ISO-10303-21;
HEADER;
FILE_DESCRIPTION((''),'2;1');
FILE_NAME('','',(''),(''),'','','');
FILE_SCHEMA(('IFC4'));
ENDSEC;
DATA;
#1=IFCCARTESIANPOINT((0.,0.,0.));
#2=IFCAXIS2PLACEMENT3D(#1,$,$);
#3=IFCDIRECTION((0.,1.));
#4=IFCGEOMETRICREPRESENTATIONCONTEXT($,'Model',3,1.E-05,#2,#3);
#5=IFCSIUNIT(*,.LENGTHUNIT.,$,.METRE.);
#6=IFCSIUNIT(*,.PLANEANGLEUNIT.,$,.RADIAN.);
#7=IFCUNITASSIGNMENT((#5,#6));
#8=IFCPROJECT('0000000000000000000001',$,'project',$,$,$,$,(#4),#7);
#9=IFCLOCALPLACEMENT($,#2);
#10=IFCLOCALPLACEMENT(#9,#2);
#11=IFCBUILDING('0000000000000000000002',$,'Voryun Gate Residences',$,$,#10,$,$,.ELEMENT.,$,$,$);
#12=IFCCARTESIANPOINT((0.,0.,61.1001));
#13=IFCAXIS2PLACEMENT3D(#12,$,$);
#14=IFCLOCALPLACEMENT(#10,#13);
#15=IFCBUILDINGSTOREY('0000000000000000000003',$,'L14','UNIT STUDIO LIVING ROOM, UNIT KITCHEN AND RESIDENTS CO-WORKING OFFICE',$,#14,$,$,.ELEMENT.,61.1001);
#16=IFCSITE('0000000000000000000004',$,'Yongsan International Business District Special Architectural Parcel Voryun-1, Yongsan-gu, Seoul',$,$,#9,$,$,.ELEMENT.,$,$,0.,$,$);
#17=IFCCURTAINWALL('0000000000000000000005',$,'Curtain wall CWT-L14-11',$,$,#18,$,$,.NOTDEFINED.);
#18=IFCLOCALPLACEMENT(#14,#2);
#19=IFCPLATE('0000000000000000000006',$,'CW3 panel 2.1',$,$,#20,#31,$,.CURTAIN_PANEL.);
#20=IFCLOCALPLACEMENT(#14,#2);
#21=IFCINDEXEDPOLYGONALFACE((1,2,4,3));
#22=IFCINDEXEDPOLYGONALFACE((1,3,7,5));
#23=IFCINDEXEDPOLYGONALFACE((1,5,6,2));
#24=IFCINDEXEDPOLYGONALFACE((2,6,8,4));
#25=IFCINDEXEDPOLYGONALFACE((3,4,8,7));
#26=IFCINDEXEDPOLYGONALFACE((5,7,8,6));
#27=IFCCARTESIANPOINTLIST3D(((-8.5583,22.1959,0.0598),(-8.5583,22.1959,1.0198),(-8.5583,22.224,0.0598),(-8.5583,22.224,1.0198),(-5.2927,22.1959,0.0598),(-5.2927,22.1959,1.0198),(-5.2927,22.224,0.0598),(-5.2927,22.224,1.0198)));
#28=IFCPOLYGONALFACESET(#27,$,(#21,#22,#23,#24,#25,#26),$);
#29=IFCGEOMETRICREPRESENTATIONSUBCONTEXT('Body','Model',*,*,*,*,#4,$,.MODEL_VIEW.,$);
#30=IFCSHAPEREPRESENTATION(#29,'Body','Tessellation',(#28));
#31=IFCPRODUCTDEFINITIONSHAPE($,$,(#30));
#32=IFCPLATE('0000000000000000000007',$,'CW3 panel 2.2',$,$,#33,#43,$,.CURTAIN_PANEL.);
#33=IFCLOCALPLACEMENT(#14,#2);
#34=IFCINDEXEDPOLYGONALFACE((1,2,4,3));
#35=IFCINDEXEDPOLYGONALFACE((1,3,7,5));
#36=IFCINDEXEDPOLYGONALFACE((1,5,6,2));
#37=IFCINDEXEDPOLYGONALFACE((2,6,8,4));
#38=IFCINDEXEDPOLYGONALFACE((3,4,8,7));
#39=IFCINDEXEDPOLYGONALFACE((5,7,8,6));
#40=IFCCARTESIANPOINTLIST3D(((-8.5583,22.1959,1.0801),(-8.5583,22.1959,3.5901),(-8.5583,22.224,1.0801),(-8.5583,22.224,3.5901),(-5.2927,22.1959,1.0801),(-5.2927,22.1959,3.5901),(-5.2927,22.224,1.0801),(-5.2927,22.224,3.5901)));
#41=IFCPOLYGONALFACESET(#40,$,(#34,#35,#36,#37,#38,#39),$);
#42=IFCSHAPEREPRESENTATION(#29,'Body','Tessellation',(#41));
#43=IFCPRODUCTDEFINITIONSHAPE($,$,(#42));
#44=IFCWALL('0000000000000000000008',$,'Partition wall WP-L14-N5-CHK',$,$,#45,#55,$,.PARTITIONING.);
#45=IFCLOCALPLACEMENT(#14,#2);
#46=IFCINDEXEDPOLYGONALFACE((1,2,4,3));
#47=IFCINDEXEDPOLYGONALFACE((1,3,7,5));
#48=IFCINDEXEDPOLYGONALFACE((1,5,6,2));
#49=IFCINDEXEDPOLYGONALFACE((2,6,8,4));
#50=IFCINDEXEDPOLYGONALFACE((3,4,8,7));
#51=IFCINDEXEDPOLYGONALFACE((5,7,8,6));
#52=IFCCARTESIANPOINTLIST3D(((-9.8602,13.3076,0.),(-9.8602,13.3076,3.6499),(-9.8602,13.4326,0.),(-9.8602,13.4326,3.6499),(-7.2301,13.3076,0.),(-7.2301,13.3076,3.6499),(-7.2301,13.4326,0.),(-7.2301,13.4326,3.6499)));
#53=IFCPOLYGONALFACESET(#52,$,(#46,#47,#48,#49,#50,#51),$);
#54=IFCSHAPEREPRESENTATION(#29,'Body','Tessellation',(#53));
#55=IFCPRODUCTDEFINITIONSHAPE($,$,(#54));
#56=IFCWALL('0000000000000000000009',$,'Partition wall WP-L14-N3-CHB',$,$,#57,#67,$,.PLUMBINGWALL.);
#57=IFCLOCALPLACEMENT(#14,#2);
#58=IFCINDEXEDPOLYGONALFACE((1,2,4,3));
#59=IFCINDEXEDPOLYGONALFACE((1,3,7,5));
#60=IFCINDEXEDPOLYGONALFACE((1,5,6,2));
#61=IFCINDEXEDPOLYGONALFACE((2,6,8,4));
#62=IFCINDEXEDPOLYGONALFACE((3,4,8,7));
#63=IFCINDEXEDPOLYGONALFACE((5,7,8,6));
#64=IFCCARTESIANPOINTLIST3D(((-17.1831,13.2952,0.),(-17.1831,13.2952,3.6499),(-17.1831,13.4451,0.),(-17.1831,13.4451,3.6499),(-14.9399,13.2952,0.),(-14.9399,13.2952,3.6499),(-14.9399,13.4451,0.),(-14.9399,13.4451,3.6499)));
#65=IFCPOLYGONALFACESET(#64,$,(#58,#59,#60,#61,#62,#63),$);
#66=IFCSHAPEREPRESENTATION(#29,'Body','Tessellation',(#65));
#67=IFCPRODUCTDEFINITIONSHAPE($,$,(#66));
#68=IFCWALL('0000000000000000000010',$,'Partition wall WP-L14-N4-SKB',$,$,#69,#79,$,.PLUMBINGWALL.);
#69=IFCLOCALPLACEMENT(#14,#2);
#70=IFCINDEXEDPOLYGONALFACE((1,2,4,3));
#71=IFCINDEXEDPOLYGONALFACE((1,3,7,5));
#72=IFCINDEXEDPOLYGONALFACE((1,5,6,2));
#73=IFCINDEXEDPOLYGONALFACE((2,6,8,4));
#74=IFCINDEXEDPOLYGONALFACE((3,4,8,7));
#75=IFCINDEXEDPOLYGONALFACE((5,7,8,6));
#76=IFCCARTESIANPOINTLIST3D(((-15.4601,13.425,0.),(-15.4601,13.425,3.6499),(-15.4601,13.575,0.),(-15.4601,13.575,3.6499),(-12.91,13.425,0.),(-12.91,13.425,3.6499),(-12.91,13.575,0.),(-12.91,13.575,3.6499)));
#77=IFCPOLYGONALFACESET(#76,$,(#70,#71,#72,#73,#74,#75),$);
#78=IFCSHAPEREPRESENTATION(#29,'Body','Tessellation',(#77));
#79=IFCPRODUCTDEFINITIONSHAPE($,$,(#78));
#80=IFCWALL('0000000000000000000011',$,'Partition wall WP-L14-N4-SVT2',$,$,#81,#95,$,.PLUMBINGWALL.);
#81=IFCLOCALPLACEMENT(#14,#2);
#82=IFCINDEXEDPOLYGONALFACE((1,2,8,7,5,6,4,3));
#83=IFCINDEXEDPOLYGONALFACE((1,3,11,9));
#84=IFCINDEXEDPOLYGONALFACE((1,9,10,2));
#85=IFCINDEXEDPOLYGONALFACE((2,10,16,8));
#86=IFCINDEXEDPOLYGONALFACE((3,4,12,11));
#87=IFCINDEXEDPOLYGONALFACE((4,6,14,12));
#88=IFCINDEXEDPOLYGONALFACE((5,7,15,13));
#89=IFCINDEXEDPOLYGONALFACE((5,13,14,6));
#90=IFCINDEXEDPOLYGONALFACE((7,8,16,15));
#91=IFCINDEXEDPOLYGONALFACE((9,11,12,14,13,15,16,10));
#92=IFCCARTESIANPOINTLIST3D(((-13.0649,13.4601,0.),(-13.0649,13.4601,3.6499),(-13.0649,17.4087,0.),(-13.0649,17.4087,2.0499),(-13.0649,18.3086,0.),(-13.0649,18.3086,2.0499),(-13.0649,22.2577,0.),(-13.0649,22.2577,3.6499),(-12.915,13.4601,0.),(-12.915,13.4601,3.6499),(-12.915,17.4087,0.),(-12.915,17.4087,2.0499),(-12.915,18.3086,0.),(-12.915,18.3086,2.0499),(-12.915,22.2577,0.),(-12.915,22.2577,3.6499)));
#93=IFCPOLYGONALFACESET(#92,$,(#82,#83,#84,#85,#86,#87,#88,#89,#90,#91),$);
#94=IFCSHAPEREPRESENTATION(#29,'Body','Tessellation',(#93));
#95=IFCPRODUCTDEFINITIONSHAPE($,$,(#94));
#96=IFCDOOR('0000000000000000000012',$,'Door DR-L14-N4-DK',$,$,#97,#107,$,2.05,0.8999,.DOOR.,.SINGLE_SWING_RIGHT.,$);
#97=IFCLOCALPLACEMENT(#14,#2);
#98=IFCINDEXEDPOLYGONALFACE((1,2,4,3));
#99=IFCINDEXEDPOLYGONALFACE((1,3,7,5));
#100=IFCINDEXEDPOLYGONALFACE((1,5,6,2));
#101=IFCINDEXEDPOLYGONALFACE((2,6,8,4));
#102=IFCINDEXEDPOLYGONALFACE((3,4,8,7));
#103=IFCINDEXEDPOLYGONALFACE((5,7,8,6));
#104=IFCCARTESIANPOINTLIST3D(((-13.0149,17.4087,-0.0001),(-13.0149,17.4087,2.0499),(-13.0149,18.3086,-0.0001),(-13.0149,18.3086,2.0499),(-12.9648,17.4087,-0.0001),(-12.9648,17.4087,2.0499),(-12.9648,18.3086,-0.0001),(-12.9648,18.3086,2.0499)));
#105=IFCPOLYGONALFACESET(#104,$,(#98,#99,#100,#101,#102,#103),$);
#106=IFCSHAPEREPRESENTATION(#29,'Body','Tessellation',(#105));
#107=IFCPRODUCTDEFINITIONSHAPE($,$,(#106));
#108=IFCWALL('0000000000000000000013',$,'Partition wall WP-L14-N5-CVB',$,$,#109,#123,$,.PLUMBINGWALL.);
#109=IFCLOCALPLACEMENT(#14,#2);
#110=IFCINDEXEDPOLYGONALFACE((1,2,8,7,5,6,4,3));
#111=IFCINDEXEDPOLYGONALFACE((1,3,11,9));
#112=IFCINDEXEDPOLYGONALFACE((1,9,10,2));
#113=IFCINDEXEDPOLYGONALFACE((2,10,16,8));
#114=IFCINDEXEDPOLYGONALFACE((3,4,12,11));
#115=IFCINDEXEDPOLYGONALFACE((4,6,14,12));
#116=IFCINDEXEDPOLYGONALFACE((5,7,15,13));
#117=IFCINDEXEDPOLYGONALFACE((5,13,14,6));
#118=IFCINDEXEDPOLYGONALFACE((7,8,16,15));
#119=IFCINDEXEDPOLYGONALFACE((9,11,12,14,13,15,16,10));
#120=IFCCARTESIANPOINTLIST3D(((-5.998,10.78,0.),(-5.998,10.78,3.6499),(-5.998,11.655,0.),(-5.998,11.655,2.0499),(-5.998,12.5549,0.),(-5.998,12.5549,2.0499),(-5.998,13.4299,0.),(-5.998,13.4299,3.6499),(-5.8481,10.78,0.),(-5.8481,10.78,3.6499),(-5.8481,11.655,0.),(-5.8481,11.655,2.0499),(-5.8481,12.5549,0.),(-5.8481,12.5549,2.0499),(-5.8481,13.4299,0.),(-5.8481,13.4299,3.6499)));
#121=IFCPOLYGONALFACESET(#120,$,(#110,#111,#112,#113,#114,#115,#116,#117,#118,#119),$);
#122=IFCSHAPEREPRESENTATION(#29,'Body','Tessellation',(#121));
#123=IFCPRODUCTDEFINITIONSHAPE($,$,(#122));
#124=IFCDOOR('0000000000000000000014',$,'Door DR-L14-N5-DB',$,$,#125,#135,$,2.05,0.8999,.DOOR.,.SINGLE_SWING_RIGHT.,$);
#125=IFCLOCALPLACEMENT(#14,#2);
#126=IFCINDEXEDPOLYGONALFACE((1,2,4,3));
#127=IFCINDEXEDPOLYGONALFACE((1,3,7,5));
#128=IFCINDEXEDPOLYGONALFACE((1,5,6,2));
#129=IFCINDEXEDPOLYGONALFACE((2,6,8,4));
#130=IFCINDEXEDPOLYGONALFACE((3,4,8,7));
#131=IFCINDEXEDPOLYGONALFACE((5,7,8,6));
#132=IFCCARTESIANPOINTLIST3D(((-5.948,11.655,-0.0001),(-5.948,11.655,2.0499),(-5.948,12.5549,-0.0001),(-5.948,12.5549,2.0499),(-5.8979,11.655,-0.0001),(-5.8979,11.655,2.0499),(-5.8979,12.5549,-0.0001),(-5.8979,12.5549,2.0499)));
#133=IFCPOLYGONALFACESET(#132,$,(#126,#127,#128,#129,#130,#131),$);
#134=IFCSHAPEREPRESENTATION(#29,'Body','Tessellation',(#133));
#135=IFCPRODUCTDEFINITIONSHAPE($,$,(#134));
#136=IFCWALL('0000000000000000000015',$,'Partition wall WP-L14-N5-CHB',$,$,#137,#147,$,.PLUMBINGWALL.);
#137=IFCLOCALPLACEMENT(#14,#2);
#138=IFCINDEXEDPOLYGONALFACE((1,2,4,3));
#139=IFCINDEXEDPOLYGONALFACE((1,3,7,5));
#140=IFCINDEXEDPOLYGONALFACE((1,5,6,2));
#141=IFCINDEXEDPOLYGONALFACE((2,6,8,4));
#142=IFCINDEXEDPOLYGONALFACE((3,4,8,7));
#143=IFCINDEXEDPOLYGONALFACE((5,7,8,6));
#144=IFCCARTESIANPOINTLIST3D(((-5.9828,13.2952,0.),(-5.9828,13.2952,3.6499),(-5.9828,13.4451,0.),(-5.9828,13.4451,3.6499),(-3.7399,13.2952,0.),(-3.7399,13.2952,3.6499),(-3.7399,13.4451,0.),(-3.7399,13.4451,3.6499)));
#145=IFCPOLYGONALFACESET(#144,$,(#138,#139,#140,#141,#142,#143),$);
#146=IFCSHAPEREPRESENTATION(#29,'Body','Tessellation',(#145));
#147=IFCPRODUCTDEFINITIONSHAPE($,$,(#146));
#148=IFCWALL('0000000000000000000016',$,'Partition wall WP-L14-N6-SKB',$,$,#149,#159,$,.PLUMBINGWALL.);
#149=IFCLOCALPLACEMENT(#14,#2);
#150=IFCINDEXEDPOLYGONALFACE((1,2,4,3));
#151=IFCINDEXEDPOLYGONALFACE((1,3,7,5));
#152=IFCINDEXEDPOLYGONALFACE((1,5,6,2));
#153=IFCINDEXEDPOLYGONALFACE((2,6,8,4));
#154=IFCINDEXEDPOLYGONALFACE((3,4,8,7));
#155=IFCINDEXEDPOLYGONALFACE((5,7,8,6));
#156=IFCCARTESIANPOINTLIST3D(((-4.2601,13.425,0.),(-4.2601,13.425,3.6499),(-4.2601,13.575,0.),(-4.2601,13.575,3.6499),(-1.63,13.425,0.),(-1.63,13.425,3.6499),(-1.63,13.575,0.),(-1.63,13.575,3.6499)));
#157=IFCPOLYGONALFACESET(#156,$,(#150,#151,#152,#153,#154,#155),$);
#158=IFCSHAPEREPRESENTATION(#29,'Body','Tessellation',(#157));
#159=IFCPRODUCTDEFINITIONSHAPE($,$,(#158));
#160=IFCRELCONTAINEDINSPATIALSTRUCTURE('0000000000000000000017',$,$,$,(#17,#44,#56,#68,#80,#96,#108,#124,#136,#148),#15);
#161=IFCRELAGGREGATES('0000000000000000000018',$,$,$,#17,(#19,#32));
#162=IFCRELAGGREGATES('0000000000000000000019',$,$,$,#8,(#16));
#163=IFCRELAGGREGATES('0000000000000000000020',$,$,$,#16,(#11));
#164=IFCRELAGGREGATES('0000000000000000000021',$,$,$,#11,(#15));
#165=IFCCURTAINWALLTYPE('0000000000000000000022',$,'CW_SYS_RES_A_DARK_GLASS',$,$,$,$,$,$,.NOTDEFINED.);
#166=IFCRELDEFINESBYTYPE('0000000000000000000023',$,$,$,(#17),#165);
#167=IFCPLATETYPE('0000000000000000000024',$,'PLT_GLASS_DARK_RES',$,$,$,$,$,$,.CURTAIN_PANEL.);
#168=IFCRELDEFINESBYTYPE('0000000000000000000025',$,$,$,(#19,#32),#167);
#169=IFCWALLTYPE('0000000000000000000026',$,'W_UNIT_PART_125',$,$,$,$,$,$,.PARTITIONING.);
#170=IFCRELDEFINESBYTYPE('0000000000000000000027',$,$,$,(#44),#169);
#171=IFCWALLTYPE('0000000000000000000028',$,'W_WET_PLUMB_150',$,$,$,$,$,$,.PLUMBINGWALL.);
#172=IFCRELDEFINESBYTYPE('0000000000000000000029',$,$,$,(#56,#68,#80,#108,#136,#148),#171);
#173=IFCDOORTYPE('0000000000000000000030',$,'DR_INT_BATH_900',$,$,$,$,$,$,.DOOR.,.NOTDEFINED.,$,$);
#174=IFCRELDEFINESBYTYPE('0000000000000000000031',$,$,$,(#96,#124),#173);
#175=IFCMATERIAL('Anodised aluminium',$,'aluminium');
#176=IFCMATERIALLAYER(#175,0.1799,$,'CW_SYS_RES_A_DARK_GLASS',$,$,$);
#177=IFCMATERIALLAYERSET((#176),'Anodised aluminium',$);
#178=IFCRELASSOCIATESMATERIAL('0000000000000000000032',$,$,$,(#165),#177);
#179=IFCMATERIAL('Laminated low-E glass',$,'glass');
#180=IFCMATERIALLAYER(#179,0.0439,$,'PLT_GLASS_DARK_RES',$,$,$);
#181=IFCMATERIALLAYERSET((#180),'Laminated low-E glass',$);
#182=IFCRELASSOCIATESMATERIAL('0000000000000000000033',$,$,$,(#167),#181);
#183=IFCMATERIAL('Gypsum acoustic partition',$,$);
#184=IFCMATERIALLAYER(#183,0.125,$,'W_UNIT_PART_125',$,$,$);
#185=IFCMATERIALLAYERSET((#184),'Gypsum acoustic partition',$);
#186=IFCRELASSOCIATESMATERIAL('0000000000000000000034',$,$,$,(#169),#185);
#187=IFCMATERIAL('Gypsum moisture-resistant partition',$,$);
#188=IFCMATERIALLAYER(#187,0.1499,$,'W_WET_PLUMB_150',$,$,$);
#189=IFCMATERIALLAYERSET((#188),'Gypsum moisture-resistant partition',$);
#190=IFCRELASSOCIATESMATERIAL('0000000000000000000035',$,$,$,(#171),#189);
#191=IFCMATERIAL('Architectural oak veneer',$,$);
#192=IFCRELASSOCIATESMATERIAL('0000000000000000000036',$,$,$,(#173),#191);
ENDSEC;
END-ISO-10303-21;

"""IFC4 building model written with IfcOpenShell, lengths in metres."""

from ifc_helpers import new_model, si_unit, direction, frame, frame_2d, origin, origin_2d, place, context, subcontext, project, spatial, rectangle, extrude, material, layer, layer_set, type_object, element, fill, aggregate, save


model = new_model("IFC4")

# Units and contexts
model_context = context("Model", 3, precision=1e-05, world=origin(), true_north=direction((0.0, 1.0)))
body_context = subcontext(model_context, "Body", "Model", "MODEL_VIEW")
ifc_project = project(units=[si_unit("LENGTHUNIT", "METRE"), si_unit("PLANEANGLEUNIT", "RADIAN")], contexts=[model_context])

# Site, building, storey
site_placement = place(None, origin())
site = spatial("IfcSite", under=ifc_project, at=site_placement, Name="Yongsan International Business District Special Architectural Parcel Voryun-1, Yongsan-gu, Seoul", CompositionType="ELEMENT", RefElevation=0.0)
building_placement = place(site_placement, origin())
building = spatial("IfcBuilding", under=site, at=building_placement, Name="Voryun Gate Residences", CompositionType="ELEMENT")
storey_placement = place(building_placement, frame((0.0, 0.0, 61.1001)))
storey = spatial("IfcBuildingStorey", under=building, at=storey_placement, Name="L14", Description="UNIT STUDIO LIVING ROOM, UNIT KITCHEN AND RESIDENTS CO-WORKING OFFICE", CompositionType="ELEMENT", Elevation=61.1001)

# Curtain wall, plates
ifc_material_1 = material(Name="Anodised aluminium", Category="aluminium")
ifc_layer_1 = layer(ifc_material_1, 0.1799, Name="CW_SYS_RES_A_DARK_GLASS")
ifc_layer_set_1 = layer_set([ifc_layer_1], Name="Anodised aluminium")
curtain_wall_type = type_object("IfcCurtainWallType", Name="CW_SYS_RES_A_DARK_GLASS", PredefinedType="NOTDEFINED", material=ifc_layer_set_1)
curtain_wall_placement = place(storey_placement, origin())
curtain_wall = element("IfcCurtainWall", 1, at=curtain_wall_placement, inside=storey, type_object=curtain_wall_type, Name="Curtain wall CWT-L14-11", PredefinedType="NOTDEFINED")
ifc_material_2 = material(Name="Laminated low-E glass", Category="glass")
ifc_layer_2 = layer(ifc_material_2, 0.0439, Name="PLT_GLASS_DARK_RES")
ifc_layer_set_2 = layer_set([ifc_layer_2], Name="Laminated low-E glass")
plate_type = type_object("IfcPlateType", Name="PLT_GLASS_DARK_RES", PredefinedType="CURTAIN_PANEL", material=ifc_layer_set_2)
plate_1_placement = place(storey_placement, frame((-6.9255, 22.21, 0.0598), z_axis=(0.0, 0.0, 1.0), x_axis=(1.0, 0.0, 0.0)))
plate_1 = element("IfcPlate", 2, at=plate_1_placement, type_object=plate_type, Name="CW3 panel 2.1", PredefinedType="CURTAIN_PANEL", context=body_context, shape_type="SweptSolid", body=[
    extrude(rectangle(XDim=3.2656, YDim=0.0281, at=origin_2d()), origin(), (0.0, 0.0, 1.0), 0.96),
])
plate_2_placement = place(storey_placement, frame((-6.9255, 22.21, 1.0801), z_axis=(0.0, 0.0, 1.0), x_axis=(1.0, 0.0, 0.0)))
plate_2 = element("IfcPlate", 3, at=plate_2_placement, type_object=plate_type, Name="CW3 panel 2.2", PredefinedType="CURTAIN_PANEL", context=body_context, shape_type="SweptSolid", body=[
    extrude(rectangle(XDim=3.2656, YDim=0.0281, at=origin_2d()), origin(), (0.0, 0.0, 1.0), 2.51),
])
aggregate(curtain_wall, [plate_1, plate_2])

# Walls
ifc_material_3 = material(Name="Gypsum acoustic partition")
ifc_layer_3 = layer(ifc_material_3, 0.125, Name="W_UNIT_PART_125")
ifc_layer_set_3 = layer_set([ifc_layer_3], Name="Gypsum acoustic partition")
wall_type_1 = type_object("IfcWallType", Name="W_UNIT_PART_125", PredefinedType="PARTITIONING", material=ifc_layer_set_3)
wall_1_placement = place(storey_placement, frame((-9.8601, 13.3701, 0.0), z_axis=(0.0, 0.0, 1.0), x_axis=(1.0, 0.0, 0.0)))
element("IfcWall", 4, at=wall_1_placement, inside=storey, type_object=wall_type_1, Name="Partition wall WP-L14-N5-CHK", PredefinedType="PARTITIONING", context=body_context, shape_type="SweptSolid", body=[
    extrude(rectangle(XDim=2.6301, YDim=0.125, at=frame_2d((1.3149, 0.0))), origin(), (0.0, 0.0, 1.0), 3.6499),
])
ifc_material_4 = material(Name="Gypsum moisture-resistant partition")
ifc_layer_4 = layer(ifc_material_4, 0.1499, Name="W_WET_PLUMB_150")
ifc_layer_set_4 = layer_set([ifc_layer_4], Name="Gypsum moisture-resistant partition")
wall_type_2 = type_object("IfcWallType", Name="W_WET_PLUMB_150", PredefinedType="PLUMBINGWALL", material=ifc_layer_set_4)
wall_2_placement = place(storey_placement, frame((-17.1831, 13.3701, 0.0), z_axis=(0.0, 0.0, 1.0), x_axis=(1.0, 0.0, 0.0)))
element("IfcWall", 5, at=wall_2_placement, inside=storey, type_object=wall_type_2, Name="Partition wall WP-L14-N3-CHB", PredefinedType="PLUMBINGWALL", context=body_context, shape_type="SweptSolid", body=[
    extrude(rectangle(XDim=2.2432, YDim=0.1499, at=frame_2d((1.1216, 0.0))), origin(), (0.0, 0.0, 1.0), 3.6499),
])
wall_3_placement = place(storey_placement, frame((-15.46, 13.5, 0.0), z_axis=(0.0, 0.0, 1.0), x_axis=(1.0, 0.0, 0.0)))
element("IfcWall", 6, at=wall_3_placement, inside=storey, type_object=wall_type_2, Name="Partition wall WP-L14-N4-SKB", PredefinedType="PLUMBINGWALL", context=body_context, shape_type="SweptSolid", body=[
    extrude(rectangle(XDim=2.55, YDim=0.1499, at=frame_2d((1.2749, 0.0))), origin(), (0.0, 0.0, 1.0), 3.6499),
])

# Walls, openings, doors
wall_4_placement = place(storey_placement, frame((-12.99, 13.46, 0.0), z_axis=(0.0, 0.0, 1.0), x_axis=(0.0, 1.0, 0.0)))
wall_4 = element("IfcWall", 7, at=wall_4_placement, inside=storey, type_object=wall_type_2, Name="Partition wall WP-L14-N4-SVT2", PredefinedType="PLUMBINGWALL", context=body_context, shape_type="SweptSolid", body=[
    extrude(rectangle(XDim=8.7976, YDim=0.1499, at=frame_2d((4.3989, 0.0))), origin(), (0.0, 0.0, 1.0), 3.6499),
])
opening_1_placement = place(wall_4_placement, frame((3.9487, 0.0, 0.0)))
opening_1 = element("IfcOpeningElement", 8, at=opening_1_placement, cuts=wall_4, PredefinedType="OPENING", context=body_context, shape_type="SweptSolid", body=[
    extrude(rectangle(XDim=0.8999, YDim=2.05, at=frame_2d((0.45, 1.0249))), frame((0.0, 0.085, 0.0), z_axis=(0.0, -1.0, 0.0), x_axis=(1.0, 0.0, 0.0)), (0.0, 0.0, 1.0), 0.1699),
])
ifc_material_5 = material(Name="Architectural oak veneer")
door_type = type_object("IfcDoorType", Name="DR_INT_BATH_900", OperationType="NOTDEFINED", PredefinedType="DOOR", material=ifc_material_5)
door_1_placement = place(opening_1_placement, origin())
door_1 = element("IfcDoor", 9, at=door_1_placement, inside=storey, type_object=door_type, Name="Door DR-L14-N4-DK", OperationType="SINGLE_SWING_RIGHT", OverallHeight=2.05, OverallWidth=0.8999, PredefinedType="DOOR", context=body_context, shape_type="SweptSolid", body=[
    extrude(rectangle(XDim=0.8999, YDim=2.05, at=frame_2d((0.45, 1.0249))), frame((0.0, 0.0249, 0.0), z_axis=(0.0, -1.0, 0.0), x_axis=(1.0, 0.0, 0.0)), (0.0, 0.0, 1.0), 0.05),
])
fill(opening_1, door_1)
wall_5_placement = place(storey_placement, frame((-5.9231, 10.78, 0.0), z_axis=(0.0, 0.0, 1.0), x_axis=(0.0, 1.0, 0.0)))
wall_5 = element("IfcWall", 10, at=wall_5_placement, inside=storey, type_object=wall_type_2, Name="Partition wall WP-L14-N5-CVB", PredefinedType="PLUMBINGWALL", context=body_context, shape_type="SweptSolid", body=[
    extrude(rectangle(XDim=2.6499, YDim=0.1499, at=frame_2d((1.325, 0.0))), origin(), (0.0, 0.0, 1.0), 3.6499),
])
opening_2_placement = place(wall_5_placement, frame((0.875, 0.0, 0.0)))
opening_2 = element("IfcOpeningElement", 11, at=opening_2_placement, cuts=wall_5, PredefinedType="OPENING", context=body_context, shape_type="SweptSolid", body=[
    extrude(rectangle(XDim=0.8999, YDim=2.05, at=frame_2d((0.45, 1.0249))), frame((0.0, 0.085, 0.0), z_axis=(0.0, -1.0, 0.0), x_axis=(1.0, 0.0, 0.0)), (0.0, 0.0, 1.0), 0.1699),
])
door_2_placement = place(opening_2_placement, origin())
door_2 = element("IfcDoor", 12, at=door_2_placement, inside=storey, type_object=door_type, Name="Door DR-L14-N5-DB", OperationType="SINGLE_SWING_RIGHT", OverallHeight=2.05, OverallWidth=0.8999, PredefinedType="DOOR", context=body_context, shape_type="SweptSolid", body=[
    extrude(rectangle(XDim=0.8999, YDim=2.05, at=frame_2d((0.45, 1.0249))), frame((0.0, 0.0249, 0.0), z_axis=(0.0, -1.0, 0.0), x_axis=(1.0, 0.0, 0.0)), (0.0, 0.0, 1.0), 0.05),
])
fill(opening_2, door_2)

# Walls
wall_6_placement = place(storey_placement, frame((-5.9829, 13.3701, 0.0), z_axis=(0.0, 0.0, 1.0), x_axis=(1.0, 0.0, 0.0)))
element("IfcWall", 13, at=wall_6_placement, inside=storey, type_object=wall_type_2, Name="Partition wall WP-L14-N5-CHB", PredefinedType="PLUMBINGWALL", context=body_context, shape_type="SweptSolid", body=[
    extrude(rectangle(XDim=2.2429, YDim=0.1499, at=frame_2d((1.1216, 0.0))), origin(), (0.0, 0.0, 1.0), 3.6499),
])
wall_7_placement = place(storey_placement, frame((-4.26, 13.5, 0.0), z_axis=(0.0, 0.0, 1.0), x_axis=(1.0, 0.0, 0.0)))
element("IfcWall", 14, at=wall_7_placement, inside=storey, type_object=wall_type_2, Name="Partition wall WP-L14-N6-SKB", PredefinedType="PLUMBINGWALL", context=body_context, shape_type="SweptSolid", body=[
    extrude(rectangle(XDim=2.6301, YDim=0.1499, at=frame_2d((1.3149, 0.0))), origin(), (0.0, 0.0, 1.0), 3.6499),
])

save(model, "model.ifc")
